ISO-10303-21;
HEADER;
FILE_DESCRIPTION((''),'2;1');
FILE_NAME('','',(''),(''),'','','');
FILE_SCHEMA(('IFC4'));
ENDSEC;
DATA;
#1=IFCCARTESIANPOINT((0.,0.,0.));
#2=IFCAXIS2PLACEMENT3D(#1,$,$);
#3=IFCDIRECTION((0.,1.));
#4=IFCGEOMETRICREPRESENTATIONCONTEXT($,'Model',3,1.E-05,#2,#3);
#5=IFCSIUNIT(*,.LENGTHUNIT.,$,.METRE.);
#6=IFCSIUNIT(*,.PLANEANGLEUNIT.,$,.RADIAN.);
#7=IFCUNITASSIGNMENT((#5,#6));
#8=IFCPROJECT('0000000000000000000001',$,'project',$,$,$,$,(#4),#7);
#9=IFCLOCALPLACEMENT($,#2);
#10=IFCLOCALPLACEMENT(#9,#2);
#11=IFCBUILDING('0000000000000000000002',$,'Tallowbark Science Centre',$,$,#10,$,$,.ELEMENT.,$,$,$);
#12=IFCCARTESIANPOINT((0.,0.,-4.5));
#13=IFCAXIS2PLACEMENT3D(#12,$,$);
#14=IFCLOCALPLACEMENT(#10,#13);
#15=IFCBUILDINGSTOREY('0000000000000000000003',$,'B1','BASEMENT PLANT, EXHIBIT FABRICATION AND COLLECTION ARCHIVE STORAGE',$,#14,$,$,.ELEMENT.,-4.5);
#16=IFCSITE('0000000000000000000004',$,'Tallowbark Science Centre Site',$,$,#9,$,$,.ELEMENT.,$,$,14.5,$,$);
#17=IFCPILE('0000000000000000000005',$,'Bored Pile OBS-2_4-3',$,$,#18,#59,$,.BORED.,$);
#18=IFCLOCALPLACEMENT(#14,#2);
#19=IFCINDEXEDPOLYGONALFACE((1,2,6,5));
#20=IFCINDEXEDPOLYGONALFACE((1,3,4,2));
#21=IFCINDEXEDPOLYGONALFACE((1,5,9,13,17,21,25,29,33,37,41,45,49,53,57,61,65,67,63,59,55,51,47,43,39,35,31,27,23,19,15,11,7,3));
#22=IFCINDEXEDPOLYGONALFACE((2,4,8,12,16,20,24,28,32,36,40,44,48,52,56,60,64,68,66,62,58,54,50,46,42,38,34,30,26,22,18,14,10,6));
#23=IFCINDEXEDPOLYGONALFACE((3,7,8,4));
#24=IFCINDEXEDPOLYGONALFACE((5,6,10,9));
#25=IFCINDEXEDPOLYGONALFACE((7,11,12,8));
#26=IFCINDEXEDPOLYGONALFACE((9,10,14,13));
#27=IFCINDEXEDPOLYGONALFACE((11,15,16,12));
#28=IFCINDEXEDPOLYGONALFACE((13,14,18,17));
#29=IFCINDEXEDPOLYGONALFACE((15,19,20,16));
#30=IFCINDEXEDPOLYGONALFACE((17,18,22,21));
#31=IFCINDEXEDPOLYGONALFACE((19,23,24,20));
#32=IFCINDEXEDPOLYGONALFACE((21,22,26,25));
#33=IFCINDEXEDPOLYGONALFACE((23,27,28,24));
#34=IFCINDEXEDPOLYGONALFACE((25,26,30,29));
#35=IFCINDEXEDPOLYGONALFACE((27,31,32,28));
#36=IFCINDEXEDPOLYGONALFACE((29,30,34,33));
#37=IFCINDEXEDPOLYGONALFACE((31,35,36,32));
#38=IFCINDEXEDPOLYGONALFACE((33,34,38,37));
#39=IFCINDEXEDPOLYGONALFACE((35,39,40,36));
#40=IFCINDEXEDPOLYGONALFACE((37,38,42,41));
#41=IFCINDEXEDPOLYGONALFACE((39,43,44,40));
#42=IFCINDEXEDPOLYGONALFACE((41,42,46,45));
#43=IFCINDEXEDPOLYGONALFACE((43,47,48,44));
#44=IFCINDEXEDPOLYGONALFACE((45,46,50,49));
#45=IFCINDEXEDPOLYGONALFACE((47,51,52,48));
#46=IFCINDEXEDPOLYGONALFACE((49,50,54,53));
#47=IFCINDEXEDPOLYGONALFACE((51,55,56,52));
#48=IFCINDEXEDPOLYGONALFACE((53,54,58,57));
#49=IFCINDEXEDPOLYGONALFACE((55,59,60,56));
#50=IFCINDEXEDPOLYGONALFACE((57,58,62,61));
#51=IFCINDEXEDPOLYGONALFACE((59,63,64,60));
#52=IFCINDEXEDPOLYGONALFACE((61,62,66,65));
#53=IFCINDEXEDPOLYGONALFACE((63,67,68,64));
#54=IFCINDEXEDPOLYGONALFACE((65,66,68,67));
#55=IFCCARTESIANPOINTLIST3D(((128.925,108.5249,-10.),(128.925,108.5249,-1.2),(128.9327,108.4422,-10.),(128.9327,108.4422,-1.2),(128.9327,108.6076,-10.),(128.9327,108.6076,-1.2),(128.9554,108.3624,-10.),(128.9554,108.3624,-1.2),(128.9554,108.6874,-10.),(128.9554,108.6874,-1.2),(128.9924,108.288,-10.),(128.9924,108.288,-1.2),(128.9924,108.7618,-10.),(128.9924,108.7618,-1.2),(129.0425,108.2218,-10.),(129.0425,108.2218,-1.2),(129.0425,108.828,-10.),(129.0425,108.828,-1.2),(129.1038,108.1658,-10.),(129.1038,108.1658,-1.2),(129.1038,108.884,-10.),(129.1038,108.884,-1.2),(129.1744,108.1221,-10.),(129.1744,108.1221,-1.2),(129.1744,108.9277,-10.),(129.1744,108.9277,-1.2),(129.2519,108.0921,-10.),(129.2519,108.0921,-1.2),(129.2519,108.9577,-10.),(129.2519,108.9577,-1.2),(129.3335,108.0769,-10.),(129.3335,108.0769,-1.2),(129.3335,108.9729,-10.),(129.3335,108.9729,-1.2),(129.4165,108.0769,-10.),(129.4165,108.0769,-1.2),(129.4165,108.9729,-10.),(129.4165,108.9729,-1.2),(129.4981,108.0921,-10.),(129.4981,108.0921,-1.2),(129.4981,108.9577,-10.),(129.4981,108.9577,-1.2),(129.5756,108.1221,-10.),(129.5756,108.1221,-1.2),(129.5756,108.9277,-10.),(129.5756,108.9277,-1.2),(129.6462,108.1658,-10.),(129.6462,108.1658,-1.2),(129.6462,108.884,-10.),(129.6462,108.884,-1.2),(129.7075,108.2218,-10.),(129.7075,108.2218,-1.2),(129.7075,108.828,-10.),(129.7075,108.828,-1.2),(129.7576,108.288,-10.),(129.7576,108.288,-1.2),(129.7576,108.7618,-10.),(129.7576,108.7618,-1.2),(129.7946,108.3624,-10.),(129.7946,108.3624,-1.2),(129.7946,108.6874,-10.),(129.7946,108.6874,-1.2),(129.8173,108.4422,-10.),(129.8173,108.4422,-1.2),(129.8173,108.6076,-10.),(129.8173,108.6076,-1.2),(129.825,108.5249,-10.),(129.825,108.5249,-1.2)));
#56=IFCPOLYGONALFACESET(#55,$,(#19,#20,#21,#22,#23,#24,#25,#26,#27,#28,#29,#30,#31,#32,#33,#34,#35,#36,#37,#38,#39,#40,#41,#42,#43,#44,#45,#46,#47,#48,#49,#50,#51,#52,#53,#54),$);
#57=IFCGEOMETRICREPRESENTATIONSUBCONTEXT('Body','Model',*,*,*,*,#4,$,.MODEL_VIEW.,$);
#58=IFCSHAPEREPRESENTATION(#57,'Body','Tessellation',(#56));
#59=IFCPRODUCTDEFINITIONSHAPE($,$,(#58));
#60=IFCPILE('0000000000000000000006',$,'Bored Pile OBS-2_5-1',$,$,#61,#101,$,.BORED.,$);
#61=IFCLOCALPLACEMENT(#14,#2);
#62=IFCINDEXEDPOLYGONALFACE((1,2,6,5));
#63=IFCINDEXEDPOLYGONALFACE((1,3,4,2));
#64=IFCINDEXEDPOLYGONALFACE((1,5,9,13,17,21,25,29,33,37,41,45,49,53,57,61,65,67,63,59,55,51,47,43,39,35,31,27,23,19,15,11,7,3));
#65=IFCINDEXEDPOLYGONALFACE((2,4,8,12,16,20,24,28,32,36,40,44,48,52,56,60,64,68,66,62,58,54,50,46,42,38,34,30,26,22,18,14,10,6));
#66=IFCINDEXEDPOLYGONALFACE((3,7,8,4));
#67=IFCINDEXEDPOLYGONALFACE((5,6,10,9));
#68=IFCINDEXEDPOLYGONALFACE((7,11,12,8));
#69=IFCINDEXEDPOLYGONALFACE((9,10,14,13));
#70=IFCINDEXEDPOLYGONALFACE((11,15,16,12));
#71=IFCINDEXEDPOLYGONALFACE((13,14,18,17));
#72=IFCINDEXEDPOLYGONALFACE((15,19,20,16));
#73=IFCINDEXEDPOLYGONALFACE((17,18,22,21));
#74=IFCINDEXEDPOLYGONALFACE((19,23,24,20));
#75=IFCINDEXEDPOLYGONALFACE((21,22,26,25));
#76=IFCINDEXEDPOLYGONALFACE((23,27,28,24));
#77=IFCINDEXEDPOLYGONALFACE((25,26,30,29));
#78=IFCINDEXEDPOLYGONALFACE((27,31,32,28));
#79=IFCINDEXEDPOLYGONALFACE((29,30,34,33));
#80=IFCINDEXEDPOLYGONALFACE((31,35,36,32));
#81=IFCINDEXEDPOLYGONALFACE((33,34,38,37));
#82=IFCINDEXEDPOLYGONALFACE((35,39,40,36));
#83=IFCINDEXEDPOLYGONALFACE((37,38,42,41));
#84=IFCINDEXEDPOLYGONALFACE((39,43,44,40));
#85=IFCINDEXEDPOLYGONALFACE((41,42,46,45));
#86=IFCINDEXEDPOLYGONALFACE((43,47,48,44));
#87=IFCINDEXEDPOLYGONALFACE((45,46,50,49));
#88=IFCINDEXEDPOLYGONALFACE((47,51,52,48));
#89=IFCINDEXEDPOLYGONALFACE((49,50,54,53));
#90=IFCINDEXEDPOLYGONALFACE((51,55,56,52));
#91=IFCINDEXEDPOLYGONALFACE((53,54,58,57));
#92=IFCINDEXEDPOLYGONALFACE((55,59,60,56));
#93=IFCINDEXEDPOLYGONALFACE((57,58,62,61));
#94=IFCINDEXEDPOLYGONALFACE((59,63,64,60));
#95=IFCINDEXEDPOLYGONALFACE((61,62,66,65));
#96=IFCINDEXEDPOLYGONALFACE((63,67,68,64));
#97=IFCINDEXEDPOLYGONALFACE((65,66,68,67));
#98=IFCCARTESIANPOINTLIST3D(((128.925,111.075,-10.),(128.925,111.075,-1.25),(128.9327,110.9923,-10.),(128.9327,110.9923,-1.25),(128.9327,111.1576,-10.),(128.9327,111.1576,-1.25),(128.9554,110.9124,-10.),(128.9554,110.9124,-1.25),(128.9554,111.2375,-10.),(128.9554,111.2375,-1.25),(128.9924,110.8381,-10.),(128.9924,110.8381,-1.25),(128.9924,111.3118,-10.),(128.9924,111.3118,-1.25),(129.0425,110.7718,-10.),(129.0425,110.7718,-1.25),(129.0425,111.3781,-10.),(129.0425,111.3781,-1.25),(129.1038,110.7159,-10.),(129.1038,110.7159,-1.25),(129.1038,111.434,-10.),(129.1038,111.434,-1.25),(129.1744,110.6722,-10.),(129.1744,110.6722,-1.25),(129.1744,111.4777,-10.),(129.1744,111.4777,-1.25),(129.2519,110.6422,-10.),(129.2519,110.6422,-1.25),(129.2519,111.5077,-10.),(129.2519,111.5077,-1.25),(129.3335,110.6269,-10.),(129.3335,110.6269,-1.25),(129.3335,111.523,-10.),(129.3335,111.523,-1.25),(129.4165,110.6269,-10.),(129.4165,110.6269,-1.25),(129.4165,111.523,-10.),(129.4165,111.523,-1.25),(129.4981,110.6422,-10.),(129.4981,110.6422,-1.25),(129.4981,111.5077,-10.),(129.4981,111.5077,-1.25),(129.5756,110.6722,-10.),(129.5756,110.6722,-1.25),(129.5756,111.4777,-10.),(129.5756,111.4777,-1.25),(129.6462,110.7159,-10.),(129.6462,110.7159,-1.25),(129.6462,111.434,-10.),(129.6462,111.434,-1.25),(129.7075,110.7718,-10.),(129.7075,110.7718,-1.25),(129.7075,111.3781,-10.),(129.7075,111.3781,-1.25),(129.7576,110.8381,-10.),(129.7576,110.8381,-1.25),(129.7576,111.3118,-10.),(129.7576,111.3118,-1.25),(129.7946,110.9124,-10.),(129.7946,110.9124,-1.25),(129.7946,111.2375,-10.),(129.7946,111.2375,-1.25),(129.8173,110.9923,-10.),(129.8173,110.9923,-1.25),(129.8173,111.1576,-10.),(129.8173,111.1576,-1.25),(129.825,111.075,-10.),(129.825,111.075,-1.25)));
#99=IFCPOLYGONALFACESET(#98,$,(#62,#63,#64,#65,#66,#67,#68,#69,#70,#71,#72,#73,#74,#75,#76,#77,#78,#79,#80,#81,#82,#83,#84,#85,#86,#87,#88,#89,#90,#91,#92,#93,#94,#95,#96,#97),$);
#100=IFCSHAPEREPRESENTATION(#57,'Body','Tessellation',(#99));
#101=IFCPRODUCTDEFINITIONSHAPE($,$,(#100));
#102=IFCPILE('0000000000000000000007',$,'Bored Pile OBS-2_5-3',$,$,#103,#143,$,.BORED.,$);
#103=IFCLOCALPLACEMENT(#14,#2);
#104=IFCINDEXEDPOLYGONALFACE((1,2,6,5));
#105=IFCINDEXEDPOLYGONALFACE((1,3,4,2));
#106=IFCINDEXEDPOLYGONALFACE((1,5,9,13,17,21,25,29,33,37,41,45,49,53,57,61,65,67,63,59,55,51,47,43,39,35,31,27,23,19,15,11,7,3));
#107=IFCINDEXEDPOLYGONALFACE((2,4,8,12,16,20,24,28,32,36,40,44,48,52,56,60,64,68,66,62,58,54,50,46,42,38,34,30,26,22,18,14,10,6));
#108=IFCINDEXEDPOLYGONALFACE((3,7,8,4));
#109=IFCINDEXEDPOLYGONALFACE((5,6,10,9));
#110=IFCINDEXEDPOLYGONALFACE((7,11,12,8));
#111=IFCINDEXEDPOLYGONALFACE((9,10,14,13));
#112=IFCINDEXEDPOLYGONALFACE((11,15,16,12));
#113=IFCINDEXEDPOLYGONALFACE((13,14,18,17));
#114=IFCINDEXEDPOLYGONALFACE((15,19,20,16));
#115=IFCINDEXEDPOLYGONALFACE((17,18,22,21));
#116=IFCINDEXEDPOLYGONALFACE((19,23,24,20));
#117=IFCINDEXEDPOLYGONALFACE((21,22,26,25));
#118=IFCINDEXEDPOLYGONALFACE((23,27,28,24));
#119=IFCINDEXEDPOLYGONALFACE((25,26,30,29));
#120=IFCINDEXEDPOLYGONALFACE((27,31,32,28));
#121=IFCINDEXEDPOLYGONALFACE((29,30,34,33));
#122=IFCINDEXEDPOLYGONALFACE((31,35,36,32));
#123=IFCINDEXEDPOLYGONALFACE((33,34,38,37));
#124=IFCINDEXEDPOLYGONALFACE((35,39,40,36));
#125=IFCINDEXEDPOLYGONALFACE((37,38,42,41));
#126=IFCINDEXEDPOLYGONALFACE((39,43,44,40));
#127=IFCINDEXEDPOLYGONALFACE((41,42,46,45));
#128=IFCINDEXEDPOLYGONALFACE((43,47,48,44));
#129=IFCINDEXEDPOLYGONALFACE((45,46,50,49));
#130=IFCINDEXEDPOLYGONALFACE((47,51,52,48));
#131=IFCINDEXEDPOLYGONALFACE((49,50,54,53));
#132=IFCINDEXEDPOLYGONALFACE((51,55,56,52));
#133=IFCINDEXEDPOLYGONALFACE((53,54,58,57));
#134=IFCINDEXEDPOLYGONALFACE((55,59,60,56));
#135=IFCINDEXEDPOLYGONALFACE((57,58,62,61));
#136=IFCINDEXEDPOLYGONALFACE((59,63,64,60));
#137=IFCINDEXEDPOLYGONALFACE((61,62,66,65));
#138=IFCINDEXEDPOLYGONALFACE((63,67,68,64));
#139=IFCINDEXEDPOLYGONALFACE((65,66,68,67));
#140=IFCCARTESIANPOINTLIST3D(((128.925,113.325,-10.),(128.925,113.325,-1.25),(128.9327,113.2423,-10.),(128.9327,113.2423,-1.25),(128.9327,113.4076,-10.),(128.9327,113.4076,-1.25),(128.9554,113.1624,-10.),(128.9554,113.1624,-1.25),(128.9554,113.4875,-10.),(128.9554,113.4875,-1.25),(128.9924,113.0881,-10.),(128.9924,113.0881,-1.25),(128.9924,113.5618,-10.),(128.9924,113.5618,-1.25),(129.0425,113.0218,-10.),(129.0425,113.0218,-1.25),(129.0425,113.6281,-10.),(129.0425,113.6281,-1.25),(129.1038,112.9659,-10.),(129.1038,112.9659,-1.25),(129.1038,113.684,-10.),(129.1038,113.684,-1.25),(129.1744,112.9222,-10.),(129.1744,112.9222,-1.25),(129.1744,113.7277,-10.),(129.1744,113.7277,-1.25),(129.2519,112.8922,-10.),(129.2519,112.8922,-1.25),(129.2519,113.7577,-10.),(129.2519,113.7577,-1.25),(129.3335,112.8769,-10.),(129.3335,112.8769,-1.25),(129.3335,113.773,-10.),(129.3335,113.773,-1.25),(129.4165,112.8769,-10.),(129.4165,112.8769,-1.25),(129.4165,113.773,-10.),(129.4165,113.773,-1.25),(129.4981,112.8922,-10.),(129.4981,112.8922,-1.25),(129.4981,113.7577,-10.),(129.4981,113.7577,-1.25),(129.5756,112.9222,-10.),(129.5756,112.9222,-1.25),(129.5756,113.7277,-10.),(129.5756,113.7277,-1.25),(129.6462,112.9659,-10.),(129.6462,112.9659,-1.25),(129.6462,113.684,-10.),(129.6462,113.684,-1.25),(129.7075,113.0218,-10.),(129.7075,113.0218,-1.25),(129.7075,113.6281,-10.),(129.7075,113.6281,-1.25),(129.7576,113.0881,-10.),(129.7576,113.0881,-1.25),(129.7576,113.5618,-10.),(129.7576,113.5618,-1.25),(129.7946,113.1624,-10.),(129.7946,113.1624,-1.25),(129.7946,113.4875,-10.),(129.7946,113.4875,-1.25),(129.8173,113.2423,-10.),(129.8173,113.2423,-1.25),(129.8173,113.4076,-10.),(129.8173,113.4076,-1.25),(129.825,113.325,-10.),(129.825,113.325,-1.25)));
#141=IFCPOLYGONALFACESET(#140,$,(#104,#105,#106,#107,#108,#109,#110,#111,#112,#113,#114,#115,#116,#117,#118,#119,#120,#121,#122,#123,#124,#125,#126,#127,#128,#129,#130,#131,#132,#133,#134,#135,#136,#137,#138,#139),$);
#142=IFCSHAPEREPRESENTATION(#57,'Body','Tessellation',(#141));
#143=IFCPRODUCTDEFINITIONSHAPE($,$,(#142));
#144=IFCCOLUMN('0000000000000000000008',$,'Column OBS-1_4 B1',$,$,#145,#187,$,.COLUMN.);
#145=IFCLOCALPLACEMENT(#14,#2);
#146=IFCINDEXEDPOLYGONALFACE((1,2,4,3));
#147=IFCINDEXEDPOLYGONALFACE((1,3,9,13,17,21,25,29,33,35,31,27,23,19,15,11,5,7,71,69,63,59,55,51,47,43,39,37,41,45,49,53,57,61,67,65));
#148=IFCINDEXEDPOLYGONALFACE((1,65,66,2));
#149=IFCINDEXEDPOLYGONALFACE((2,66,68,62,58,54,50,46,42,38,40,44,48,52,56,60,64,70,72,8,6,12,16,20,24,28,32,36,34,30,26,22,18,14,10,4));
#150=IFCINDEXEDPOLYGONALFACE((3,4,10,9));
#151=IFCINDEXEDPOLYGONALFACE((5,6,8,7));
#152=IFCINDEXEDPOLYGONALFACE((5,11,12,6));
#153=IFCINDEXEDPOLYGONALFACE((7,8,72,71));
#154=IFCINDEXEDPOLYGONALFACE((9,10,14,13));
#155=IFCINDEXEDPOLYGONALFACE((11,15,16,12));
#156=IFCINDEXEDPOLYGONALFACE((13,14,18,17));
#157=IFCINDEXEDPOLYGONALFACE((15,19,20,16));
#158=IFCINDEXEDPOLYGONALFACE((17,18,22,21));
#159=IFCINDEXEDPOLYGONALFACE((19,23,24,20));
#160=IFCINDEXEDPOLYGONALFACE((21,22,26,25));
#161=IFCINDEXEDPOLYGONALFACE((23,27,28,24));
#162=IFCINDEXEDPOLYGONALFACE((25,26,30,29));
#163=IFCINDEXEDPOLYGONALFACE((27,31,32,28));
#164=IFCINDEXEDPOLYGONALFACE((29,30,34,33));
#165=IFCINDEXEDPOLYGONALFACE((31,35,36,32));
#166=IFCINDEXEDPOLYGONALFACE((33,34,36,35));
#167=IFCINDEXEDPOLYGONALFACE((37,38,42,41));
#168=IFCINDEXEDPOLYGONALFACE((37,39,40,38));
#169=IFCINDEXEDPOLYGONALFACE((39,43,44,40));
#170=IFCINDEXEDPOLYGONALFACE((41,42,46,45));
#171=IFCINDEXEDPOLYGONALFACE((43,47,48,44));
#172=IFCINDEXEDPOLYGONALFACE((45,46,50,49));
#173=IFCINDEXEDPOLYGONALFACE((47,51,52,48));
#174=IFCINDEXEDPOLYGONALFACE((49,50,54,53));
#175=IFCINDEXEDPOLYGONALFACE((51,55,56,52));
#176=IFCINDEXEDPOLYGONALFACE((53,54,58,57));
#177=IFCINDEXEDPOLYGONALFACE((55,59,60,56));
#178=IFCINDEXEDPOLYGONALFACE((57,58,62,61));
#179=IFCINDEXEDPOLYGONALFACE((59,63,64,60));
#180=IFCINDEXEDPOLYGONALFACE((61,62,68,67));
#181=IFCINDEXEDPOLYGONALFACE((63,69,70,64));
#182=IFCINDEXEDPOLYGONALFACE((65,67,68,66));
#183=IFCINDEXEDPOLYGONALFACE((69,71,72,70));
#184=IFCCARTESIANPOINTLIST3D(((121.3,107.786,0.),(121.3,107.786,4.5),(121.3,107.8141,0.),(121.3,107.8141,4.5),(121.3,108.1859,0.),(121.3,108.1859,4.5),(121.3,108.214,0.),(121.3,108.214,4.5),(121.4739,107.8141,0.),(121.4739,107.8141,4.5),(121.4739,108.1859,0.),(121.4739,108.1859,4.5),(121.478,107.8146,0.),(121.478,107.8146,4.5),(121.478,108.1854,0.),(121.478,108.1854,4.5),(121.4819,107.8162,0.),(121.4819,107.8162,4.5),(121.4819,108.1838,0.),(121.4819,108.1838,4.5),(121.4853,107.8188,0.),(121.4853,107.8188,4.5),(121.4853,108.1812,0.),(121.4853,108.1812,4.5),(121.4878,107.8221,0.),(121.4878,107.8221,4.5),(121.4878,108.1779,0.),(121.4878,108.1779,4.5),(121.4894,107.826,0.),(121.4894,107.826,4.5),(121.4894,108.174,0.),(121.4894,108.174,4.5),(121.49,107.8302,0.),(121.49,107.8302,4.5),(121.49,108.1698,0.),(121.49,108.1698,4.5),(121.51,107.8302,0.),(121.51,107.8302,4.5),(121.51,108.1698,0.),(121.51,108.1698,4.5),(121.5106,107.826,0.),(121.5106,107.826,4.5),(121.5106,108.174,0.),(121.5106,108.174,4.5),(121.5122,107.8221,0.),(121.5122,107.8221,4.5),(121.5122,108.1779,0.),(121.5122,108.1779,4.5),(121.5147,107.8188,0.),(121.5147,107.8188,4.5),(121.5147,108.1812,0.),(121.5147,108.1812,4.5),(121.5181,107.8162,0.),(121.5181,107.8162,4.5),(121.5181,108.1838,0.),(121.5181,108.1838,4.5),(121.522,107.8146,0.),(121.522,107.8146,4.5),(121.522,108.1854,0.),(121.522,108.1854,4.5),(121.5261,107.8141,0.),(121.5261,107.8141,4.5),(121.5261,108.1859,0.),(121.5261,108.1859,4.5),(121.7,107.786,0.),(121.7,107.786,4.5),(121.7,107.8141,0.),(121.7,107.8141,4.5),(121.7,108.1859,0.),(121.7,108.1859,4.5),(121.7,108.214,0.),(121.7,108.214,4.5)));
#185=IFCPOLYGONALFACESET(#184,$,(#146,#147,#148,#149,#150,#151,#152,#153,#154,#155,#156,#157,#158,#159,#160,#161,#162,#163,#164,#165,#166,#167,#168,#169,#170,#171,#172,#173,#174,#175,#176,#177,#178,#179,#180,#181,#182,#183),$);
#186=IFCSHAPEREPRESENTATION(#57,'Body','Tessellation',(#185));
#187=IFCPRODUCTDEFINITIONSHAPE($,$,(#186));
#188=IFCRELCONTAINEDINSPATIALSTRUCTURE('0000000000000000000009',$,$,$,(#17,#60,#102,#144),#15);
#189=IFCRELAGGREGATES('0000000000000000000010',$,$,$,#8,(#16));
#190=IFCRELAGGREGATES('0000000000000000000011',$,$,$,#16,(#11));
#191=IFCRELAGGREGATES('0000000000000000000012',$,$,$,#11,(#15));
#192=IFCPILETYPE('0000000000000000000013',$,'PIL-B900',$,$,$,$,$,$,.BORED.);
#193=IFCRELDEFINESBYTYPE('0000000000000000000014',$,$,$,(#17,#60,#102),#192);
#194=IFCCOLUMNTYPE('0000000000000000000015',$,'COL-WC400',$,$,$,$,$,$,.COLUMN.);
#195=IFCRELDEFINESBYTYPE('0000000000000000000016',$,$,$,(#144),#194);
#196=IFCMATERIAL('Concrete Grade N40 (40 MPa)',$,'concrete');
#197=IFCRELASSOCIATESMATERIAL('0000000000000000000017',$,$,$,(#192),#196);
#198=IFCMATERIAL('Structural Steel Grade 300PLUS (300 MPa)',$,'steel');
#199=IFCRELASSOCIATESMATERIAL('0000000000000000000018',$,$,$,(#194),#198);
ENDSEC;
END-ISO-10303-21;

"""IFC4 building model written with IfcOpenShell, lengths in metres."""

from ifc_helpers import new_model, si_unit, direction, frame, origin, origin_2d, place, context, subcontext, project, spatial, circle, i_section, extrude, material, material_profile, profile_set, type_object, element, save


model = new_model("IFC4")

# Units and contexts
model_context = context("Model", 3, precision=1e-05, world=origin(), true_north=direction((0.0, 1.0)))
body_context = subcontext(model_context, "Body", "Model", "MODEL_VIEW")
ifc_project = project(units=[si_unit("LENGTHUNIT", "METRE"), si_unit("PLANEANGLEUNIT", "RADIAN")], contexts=[model_context])

# Site, building, storey
site_placement = place(None, origin())
site = spatial("IfcSite", under=ifc_project, at=site_placement, Name="Tallowbark Science Centre Site", CompositionType="ELEMENT", RefElevation=14.5)
building_placement = place(site_placement, origin())
building = spatial("IfcBuilding", under=site, at=building_placement, Name="Tallowbark Science Centre", CompositionType="ELEMENT")
storey_placement = place(building_placement, frame((0.0, 0.0, -4.5)))
storey = spatial("IfcBuildingStorey", under=building, at=storey_placement, Name="B1", Description="BASEMENT PLANT, EXHIBIT FABRICATION AND COLLECTION ARCHIVE STORAGE", CompositionType="ELEMENT", Elevation=-4.5)

# Shared definitions
ifc_material_1 = material(Name="Concrete Grade N40 (40 MPa)", Category="concrete")

# Piles
ifc_material_profile_1 = material_profile(ifc_material_1, circle(Radius=0.45, at=origin_2d()), Name="PILE900")
ifc_profile_set_1 = profile_set([ifc_material_profile_1], Name="Concrete Grade N40 (40 MPa)")
pile_type_1 = type_object("IfcPileType", Name="PIL-B900", PredefinedType="BORED", material=ifc_profile_set_1)
for number, where, z_axis, x_axis, name in (
    (1, (129.375, 108.5249, -1.2), (0.0, 0.0, -1.0), (1.0, 0.0, 0.0), "Bored Pile OBS-2_4-3"),
):
    element("IfcPile", number, at=place(storey_placement, frame(where, z_axis=z_axis, x_axis=x_axis)), inside=storey, type_object=pile_type_1, Name=name, PredefinedType="BORED", context=body_context, shape_type="SweptSolid", body=[
        extrude(circle(Radius=0.45, at=origin_2d()), origin(), (0.0, 0.0, 1.0), 8.8),
    ])
for number, where, z_axis, x_axis, name in (
    (2, (129.375, 111.075, -1.25), (0.0, 0.0, -1.0), (1.0, 0.0, 0.0), "Bored Pile OBS-2_5-1"),
    (3, (129.375, 113.325, -1.25), (0.0, 0.0, -1.0), (1.0, 0.0, 0.0), "Bored Pile OBS-2_5-3"),
):
    element("IfcPile", number, at=place(storey_placement, frame(where, z_axis=z_axis, x_axis=x_axis)), inside=storey, type_object=pile_type_1, Name=name, PredefinedType="BORED", context=body_context, shape_type="SweptSolid", body=[
        extrude(circle(Radius=0.45, at=origin_2d()), origin(), (0.0, 0.0, 1.0), 8.75),
    ])

# Column
ifc_material_2 = material(Name="Structural Steel Grade 300PLUS (300 MPa)", Category="steel")
ifc_material_profile_2 = material_profile(ifc_material_2, i_section(OverallWidth=0.3999, OverallDepth=0.428, WebThickness=0.02, FlangeThickness=0.0281, FilletRadius=0.0161, at=origin_2d()), Name="400WC270")
ifc_profile_set_2 = profile_set([ifc_material_profile_2], Name="Structural Steel Grade 300PLUS (300 MPa)")
column_type = type_object("IfcColumnType", Name="COL-WC400", PredefinedType="COLUMN", material=ifc_profile_set_2)
for number, where, z_axis, x_axis, name in (
    (4, (121.5, 108.0, 0.0), (0.0, 0.0, 1.0), (1.0, 0.0, 0.0), "Column OBS-1_4 B1"),
):
    element("IfcColumn", number, at=place(storey_placement, frame(where, z_axis=z_axis, x_axis=x_axis)), inside=storey, type_object=column_type, Name=name, PredefinedType="COLUMN", context=body_context, shape_type="SweptSolid", body=[
        extrude(i_section(OverallWidth=0.3999, OverallDepth=0.428, WebThickness=0.02, FlangeThickness=0.0281, FilletRadius=0.0161, at=origin_2d()), origin(), (0.0, 0.0, 1.0), 4.5),
    ])

save(model, "model.ifc")
